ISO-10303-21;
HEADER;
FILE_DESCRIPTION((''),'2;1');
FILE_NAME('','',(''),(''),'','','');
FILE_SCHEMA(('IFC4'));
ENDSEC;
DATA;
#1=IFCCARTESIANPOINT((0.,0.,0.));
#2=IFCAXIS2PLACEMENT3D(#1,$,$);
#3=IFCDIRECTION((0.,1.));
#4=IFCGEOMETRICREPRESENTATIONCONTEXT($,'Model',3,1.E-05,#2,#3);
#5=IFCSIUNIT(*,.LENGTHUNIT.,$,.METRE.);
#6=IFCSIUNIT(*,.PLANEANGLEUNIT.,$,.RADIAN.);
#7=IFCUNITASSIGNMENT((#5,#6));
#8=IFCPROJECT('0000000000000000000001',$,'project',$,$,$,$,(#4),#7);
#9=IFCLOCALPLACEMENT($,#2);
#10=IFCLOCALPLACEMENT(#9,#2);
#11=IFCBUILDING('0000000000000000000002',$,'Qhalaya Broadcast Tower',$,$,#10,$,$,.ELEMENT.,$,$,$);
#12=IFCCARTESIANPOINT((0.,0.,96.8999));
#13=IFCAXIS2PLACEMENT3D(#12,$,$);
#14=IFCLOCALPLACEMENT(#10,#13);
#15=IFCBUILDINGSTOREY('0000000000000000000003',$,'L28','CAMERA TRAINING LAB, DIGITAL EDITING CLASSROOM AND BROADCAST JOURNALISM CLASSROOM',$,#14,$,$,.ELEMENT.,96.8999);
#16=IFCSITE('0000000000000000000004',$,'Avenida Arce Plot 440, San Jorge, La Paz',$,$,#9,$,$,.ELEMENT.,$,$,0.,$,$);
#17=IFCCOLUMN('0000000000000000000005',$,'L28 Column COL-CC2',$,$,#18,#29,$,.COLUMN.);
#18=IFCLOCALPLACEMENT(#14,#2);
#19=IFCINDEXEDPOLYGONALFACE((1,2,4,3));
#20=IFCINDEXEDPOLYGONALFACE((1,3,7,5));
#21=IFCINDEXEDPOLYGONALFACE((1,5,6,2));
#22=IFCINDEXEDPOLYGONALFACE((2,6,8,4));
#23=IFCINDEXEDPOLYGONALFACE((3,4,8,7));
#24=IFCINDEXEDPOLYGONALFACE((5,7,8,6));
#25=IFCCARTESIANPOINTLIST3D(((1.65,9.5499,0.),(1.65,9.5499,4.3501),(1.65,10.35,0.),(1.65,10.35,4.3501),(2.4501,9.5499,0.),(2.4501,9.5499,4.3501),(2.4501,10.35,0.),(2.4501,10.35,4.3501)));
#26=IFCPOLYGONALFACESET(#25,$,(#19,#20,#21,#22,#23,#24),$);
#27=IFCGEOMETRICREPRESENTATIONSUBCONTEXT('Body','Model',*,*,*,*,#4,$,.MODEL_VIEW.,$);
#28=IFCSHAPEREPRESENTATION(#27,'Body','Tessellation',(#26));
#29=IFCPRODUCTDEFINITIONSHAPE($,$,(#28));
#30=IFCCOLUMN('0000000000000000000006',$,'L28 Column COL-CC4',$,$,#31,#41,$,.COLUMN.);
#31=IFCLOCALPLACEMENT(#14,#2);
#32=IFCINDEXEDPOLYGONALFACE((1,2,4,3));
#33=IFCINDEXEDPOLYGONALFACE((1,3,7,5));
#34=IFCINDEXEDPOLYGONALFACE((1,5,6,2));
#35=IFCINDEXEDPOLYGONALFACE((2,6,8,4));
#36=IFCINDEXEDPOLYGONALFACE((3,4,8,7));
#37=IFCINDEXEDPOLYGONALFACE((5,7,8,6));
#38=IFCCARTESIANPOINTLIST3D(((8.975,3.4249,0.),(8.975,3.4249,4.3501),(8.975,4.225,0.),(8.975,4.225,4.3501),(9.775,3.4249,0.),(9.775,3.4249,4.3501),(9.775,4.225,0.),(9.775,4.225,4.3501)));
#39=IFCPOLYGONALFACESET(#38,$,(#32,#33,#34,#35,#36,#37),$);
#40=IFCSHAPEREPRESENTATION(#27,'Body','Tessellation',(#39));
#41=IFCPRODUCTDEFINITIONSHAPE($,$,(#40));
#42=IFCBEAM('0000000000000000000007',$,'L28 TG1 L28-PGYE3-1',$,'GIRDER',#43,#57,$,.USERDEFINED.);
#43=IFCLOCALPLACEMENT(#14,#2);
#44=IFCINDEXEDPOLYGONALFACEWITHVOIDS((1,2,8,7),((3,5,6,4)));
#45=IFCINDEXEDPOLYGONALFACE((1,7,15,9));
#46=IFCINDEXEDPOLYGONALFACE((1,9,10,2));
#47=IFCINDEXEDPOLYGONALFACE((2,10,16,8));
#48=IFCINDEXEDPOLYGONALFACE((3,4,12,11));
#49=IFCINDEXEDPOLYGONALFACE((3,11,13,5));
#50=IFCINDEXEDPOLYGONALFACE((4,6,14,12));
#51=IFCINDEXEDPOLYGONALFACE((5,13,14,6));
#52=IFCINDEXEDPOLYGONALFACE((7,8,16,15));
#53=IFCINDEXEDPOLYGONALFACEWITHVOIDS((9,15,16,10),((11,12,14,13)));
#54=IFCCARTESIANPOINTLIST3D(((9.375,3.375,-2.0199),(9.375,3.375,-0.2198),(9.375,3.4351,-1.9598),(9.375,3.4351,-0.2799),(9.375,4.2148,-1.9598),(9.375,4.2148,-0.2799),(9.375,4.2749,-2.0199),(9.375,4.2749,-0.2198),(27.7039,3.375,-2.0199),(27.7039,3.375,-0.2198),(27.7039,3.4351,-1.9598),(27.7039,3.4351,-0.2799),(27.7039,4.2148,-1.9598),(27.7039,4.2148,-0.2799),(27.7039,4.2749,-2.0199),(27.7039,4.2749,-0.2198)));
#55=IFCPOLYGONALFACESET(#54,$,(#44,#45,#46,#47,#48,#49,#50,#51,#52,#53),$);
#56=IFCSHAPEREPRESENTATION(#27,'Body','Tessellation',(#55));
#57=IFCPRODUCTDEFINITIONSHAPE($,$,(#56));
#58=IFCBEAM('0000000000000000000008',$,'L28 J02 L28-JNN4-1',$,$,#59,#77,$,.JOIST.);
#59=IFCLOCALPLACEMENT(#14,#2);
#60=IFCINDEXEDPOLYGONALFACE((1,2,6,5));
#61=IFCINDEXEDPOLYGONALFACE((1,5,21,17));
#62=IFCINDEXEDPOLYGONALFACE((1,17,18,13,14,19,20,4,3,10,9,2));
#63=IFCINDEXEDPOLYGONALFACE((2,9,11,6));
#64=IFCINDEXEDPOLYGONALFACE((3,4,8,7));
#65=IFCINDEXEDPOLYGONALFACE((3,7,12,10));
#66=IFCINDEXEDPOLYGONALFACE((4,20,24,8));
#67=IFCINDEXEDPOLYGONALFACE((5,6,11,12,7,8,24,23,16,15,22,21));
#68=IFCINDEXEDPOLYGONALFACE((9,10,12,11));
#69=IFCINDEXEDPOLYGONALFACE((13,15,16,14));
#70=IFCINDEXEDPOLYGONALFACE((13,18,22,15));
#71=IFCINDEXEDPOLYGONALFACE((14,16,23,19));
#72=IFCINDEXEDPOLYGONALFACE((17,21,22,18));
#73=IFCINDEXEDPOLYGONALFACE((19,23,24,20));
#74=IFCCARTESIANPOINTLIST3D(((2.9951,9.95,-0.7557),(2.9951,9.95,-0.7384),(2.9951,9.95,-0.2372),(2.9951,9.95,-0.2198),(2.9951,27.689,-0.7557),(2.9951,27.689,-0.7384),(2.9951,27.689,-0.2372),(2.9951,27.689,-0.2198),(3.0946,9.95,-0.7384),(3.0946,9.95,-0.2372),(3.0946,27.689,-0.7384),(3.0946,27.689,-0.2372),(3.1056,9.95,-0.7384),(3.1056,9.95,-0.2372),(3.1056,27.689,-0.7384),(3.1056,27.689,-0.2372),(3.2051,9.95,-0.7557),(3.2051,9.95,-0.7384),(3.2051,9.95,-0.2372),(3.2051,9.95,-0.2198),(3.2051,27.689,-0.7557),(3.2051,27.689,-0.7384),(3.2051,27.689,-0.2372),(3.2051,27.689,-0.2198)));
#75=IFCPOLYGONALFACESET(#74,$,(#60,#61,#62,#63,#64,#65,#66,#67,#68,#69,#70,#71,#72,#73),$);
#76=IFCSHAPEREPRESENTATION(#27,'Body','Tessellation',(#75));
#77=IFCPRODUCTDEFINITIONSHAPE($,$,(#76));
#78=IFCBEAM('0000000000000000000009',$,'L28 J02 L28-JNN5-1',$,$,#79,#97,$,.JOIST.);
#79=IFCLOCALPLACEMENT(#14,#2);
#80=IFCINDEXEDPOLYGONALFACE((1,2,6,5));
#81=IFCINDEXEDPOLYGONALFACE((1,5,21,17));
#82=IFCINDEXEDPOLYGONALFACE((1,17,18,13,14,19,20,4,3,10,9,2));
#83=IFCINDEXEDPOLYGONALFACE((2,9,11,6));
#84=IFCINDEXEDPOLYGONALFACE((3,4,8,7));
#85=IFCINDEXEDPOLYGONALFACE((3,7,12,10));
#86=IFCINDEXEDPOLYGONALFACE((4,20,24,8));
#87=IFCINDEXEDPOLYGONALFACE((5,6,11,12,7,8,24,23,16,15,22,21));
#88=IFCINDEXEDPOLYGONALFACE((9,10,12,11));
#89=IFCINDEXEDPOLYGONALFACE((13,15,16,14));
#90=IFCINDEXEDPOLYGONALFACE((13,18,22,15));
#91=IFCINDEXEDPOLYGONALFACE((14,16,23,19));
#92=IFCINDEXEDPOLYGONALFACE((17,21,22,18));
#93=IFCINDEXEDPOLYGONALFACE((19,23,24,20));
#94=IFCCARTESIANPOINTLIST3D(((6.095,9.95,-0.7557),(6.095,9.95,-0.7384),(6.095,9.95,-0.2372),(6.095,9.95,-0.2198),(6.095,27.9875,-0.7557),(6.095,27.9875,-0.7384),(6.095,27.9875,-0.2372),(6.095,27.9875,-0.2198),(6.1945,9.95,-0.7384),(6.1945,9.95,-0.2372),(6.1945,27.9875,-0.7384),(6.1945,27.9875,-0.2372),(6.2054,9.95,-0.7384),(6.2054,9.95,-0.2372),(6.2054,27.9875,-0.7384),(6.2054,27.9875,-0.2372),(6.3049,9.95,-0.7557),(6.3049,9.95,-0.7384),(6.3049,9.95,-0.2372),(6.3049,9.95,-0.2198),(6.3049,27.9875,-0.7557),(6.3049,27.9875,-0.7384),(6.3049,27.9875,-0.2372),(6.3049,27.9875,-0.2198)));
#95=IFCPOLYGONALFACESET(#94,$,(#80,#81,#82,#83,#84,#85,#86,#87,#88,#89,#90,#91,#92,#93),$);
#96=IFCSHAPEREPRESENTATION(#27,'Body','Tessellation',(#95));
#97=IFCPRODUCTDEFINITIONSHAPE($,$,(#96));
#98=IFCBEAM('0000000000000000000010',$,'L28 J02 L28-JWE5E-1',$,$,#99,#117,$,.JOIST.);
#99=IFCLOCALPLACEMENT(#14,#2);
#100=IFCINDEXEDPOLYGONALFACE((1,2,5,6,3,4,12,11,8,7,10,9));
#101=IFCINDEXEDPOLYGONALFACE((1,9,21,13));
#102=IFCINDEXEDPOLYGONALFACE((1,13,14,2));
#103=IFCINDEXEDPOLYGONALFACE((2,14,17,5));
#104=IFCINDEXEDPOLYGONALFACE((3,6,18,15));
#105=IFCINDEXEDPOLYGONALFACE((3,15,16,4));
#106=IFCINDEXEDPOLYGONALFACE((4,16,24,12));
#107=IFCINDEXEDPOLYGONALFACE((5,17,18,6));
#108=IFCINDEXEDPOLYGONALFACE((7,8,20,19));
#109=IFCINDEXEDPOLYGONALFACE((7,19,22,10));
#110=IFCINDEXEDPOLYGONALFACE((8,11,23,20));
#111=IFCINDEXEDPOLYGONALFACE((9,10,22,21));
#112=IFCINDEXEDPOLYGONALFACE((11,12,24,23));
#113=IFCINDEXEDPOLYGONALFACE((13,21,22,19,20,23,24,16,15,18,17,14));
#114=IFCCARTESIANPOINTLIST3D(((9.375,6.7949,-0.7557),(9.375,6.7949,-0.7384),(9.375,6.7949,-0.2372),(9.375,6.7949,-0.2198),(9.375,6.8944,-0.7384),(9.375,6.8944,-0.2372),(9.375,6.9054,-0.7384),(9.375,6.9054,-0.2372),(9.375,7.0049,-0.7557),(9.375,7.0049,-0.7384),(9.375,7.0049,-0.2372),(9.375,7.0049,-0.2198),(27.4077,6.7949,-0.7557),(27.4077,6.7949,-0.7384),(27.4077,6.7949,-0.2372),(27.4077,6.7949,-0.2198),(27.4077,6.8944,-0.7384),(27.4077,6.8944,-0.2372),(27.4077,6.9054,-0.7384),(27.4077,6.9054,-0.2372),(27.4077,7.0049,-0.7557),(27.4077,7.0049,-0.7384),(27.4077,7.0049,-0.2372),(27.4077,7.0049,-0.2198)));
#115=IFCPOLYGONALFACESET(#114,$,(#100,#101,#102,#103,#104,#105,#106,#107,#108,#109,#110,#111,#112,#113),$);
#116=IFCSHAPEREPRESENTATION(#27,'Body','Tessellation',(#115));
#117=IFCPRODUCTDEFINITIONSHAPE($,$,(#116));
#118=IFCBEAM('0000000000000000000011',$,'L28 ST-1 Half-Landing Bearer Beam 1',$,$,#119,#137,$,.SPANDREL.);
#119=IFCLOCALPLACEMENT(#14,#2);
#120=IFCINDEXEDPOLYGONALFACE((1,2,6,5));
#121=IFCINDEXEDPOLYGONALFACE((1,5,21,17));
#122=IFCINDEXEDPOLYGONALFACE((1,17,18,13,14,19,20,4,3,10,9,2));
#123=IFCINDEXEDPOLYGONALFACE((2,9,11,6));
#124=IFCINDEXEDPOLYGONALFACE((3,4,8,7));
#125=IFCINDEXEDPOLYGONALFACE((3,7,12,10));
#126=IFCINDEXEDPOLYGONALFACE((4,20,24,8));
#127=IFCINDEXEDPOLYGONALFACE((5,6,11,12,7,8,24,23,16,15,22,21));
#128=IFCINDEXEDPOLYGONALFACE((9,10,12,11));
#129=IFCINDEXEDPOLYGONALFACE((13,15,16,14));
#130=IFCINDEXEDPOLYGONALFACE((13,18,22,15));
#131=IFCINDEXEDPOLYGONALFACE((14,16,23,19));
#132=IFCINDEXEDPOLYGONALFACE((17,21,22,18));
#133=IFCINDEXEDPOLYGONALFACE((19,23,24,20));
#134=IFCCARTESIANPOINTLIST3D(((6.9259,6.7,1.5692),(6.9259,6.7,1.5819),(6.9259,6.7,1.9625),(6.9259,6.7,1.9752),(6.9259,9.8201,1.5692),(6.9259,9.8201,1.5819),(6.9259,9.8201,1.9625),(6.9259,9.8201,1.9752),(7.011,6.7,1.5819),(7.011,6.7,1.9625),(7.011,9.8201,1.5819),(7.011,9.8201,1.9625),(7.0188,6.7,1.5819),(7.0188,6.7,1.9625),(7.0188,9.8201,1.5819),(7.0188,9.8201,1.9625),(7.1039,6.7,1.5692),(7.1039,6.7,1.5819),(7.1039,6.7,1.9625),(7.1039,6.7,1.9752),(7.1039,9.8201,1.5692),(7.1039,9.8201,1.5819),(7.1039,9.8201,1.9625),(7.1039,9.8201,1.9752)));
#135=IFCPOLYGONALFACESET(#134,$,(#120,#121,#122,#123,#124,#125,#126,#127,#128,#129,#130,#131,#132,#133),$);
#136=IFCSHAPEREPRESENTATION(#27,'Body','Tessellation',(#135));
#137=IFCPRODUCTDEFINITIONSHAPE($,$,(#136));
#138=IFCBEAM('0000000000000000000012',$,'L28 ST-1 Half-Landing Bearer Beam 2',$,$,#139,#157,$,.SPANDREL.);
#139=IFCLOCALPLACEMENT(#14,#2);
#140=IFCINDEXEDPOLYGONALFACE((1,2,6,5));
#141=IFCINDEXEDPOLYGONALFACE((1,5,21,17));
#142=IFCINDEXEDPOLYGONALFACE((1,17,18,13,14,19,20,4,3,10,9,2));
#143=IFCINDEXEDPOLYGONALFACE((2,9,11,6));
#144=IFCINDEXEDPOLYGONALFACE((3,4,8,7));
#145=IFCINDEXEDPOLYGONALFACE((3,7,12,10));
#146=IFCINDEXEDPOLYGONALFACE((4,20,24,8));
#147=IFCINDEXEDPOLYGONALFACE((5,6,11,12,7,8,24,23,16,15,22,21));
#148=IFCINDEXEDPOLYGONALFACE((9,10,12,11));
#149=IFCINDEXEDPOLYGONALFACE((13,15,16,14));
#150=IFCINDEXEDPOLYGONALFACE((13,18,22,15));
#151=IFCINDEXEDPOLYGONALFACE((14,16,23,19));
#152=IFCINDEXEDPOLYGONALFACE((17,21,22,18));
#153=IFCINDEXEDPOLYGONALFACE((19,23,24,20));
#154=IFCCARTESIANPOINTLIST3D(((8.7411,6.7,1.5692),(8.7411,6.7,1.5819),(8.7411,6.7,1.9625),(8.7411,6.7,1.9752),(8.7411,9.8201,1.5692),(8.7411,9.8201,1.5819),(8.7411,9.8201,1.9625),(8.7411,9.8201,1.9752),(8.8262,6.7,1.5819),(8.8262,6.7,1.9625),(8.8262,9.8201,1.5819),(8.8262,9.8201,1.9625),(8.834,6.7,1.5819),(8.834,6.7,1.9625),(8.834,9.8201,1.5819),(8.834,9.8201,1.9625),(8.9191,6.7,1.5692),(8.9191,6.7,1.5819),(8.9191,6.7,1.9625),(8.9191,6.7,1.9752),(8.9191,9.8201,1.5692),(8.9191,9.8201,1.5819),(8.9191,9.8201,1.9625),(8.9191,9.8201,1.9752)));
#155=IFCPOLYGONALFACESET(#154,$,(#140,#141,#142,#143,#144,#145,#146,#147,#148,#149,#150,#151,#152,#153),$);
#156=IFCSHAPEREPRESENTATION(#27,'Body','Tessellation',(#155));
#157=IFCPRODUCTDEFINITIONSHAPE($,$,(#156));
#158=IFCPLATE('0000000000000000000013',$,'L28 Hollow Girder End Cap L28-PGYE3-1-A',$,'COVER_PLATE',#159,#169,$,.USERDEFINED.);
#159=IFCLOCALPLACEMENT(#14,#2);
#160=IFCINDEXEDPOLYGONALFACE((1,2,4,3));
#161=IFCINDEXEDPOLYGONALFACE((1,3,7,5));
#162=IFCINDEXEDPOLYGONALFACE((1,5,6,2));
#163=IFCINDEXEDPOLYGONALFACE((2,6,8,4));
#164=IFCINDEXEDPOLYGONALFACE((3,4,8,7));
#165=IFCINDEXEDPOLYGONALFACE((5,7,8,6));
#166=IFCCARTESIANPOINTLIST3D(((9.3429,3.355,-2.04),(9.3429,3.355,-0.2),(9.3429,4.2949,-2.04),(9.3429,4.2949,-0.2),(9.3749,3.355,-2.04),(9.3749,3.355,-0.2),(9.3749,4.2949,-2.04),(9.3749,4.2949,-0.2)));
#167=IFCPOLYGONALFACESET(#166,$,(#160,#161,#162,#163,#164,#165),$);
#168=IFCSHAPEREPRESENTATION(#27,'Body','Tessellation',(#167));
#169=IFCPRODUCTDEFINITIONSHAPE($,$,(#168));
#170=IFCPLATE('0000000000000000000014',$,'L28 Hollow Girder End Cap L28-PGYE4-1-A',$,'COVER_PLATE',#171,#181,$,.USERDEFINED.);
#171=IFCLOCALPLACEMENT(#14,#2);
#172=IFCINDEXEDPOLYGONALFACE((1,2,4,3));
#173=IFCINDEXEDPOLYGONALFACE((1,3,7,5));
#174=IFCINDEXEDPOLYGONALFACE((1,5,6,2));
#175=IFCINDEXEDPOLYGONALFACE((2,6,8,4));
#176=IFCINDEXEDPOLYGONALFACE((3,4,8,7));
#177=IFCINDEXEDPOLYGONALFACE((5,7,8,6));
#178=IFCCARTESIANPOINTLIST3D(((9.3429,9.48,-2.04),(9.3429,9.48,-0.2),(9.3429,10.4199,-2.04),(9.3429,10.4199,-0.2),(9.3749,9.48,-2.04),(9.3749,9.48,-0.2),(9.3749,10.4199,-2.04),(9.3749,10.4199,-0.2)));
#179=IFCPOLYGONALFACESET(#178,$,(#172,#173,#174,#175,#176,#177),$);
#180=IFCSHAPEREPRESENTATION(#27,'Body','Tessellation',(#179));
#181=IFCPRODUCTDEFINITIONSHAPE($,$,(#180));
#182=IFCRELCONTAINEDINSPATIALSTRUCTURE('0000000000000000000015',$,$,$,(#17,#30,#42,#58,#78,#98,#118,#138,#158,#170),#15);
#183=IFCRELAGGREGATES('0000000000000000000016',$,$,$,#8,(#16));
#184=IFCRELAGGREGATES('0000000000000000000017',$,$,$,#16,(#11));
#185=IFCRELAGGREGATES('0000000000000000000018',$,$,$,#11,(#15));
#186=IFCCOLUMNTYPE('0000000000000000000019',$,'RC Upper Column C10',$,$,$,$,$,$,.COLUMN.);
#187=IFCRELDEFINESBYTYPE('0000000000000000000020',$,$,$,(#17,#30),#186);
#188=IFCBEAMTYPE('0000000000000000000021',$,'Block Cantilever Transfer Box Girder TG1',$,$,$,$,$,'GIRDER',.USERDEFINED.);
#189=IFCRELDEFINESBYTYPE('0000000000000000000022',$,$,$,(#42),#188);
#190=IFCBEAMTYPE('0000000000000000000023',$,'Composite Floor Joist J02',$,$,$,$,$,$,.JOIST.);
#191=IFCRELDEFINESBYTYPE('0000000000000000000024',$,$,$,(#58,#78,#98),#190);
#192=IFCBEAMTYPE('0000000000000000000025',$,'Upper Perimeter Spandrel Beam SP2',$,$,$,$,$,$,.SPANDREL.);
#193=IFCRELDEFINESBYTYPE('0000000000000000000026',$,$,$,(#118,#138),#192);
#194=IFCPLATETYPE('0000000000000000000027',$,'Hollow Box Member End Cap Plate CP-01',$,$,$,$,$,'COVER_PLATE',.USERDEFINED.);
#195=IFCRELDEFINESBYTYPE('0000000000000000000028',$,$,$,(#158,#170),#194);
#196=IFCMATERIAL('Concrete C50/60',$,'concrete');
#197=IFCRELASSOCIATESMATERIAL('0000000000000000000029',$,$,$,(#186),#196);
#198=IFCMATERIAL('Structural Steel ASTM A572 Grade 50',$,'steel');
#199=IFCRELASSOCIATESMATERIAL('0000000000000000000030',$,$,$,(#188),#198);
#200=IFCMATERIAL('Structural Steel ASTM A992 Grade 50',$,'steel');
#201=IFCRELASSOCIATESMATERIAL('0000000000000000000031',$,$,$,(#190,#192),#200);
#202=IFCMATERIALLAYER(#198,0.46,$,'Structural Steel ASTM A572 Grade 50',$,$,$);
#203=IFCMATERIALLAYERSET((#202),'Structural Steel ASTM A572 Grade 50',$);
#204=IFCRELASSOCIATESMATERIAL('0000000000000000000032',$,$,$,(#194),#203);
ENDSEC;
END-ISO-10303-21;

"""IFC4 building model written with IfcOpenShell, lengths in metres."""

from ifc_helpers import new_model, si_unit, direction, frame, origin, origin_2d, place, context, subcontext, project, spatial, rectangle, hollow_rectangle, i_section, extrude, material, layer, layer_set, material_profile, profile_set, type_object, element, save


model = new_model("IFC4")

# Units and contexts
model_context = context("Model", 3, precision=1e-05, world=origin(), true_north=direction((0.0, 1.0)))
body_context = subcontext(model_context, "Body", "Model", "MODEL_VIEW")
ifc_project = project(units=[si_unit("LENGTHUNIT", "METRE"), si_unit("PLANEANGLEUNIT", "RADIAN")], contexts=[model_context])

# Site, building, storey
site_placement = place(None, origin())
site = spatial("IfcSite", under=ifc_project, at=site_placement, Name="Avenida Arce Plot 440, San Jorge, La Paz", CompositionType="ELEMENT", RefElevation=0.0)
building_placement = place(site_placement, origin())
building = spatial("IfcBuilding", under=site, at=building_placement, Name="Qhalaya Broadcast Tower", CompositionType="ELEMENT")
storey_placement = place(building_placement, frame((0.0, 0.0, 96.8999)))
storey = spatial("IfcBuildingStorey", under=building, at=storey_placement, Name="L28", Description="CAMERA TRAINING LAB, DIGITAL EDITING CLASSROOM AND BROADCAST JOURNALISM CLASSROOM", CompositionType="ELEMENT", Elevation=96.8999)

# Columns
ifc_material_1 = material(Name="Concrete C50/60", Category="concrete")
ifc_material_profile_1 = material_profile(ifc_material_1, rectangle(XDim=0.8, YDim=0.8, at=origin_2d()), Name="RC-COL 800x800")
ifc_profile_set_1 = profile_set([ifc_material_profile_1], Name="Concrete C50/60")
column_type = type_object("IfcColumnType", Name="RC Upper Column C10", PredefinedType="COLUMN", material=ifc_profile_set_1)
for number, where, z_axis, x_axis, name in (
    (1, (2.05, 9.95, 0.0), (0.0, 0.0, 1.0), (1.0, 0.0, 0.0), "L28 Column COL-CC2"),
    (2, (9.375, 3.825, 0.0), (0.0, 0.0, 1.0), (1.0, 0.0, 0.0), "L28 Column COL-CC4"),
):
    element("IfcColumn", number, at=place(storey_placement, frame(where, z_axis=z_axis, x_axis=x_axis)), inside=storey, type_object=column_type, Name=name, PredefinedType="COLUMN", context=body_context, shape_type="SweptSolid", body=[
        extrude(rectangle(XDim=0.8, YDim=0.8, at=origin_2d()), origin(), (0.0, 0.0, 1.0), 4.3501),
    ])

# Beams
ifc_material_2 = material(Name="Structural Steel ASTM A572 Grade 50", Category="steel")
ifc_material_profile_2 = material_profile(ifc_material_2, hollow_rectangle(XDim=0.8999, YDim=1.8, WallThickness=0.0601, at=origin_2d()), Name="BOX 900x1800x60")
ifc_profile_set_2 = profile_set([ifc_material_profile_2], Name="Structural Steel ASTM A572 Grade 50")
beam_type_1 = type_object("IfcBeamType", Name="Block Cantilever Transfer Box Girder TG1", ElementType="GIRDER", PredefinedType="USERDEFINED", material=ifc_profile_set_2)
beam_1_placement = place(storey_placement, frame((9.375, 3.825, -1.1199), z_axis=(1.0, 0.0, 0.0), x_axis=(0.0, 1.0, 0.0)))
element("IfcBeam", 3, at=beam_1_placement, inside=storey, type_object=beam_type_1, Name="L28 TG1 L28-PGYE3-1", ObjectType="GIRDER", PredefinedType="USERDEFINED", context=body_context, shape_type="SweptSolid", body=[
    extrude(hollow_rectangle(XDim=0.8999, YDim=1.8, WallThickness=0.0601, at=origin_2d()), origin(), (0.0, 0.0, 1.0), 18.3289),
])
ifc_material_3 = material(Name="Structural Steel ASTM A992 Grade 50", Category="steel")
ifc_material_profile_3 = material_profile(ifc_material_3, i_section(OverallWidth=0.21, OverallDepth=0.5359, WebThickness=0.011, FlangeThickness=0.0173, at=origin_2d()), Name="W21X68")
ifc_profile_set_3 = profile_set([ifc_material_profile_3], Name="Structural Steel ASTM A992 Grade 50")
beam_type_2 = type_object("IfcBeamType", Name="Composite Floor Joist J02", PredefinedType="JOIST", material=ifc_profile_set_3)
beam_2_placement = place(storey_placement, frame((3.1001, 9.95, -0.4878), z_axis=(0.0, 1.0, 0.0), x_axis=(-1.0, 0.0, 0.0)))
element("IfcBeam", 4, at=beam_2_placement, inside=storey, type_object=beam_type_2, Name="L28 J02 L28-JNN4-1", PredefinedType="JOIST", context=body_context, shape_type="SweptSolid", body=[
    extrude(i_section(OverallWidth=0.21, OverallDepth=0.5359, WebThickness=0.011, FlangeThickness=0.0173, at=origin_2d()), origin(), (0.0, 0.0, 1.0), 17.739),
])
beam_3_placement = place(storey_placement, frame((6.2, 9.95, -0.4878), z_axis=(0.0, 1.0, 0.0), x_axis=(-1.0, 0.0, 0.0)))
element("IfcBeam", 5, at=beam_3_placement, inside=storey, type_object=beam_type_2, Name="L28 J02 L28-JNN5-1", PredefinedType="JOIST", context=body_context, shape_type="SweptSolid", body=[
    extrude(i_section(OverallWidth=0.21, OverallDepth=0.5359, WebThickness=0.011, FlangeThickness=0.0173, at=origin_2d()), origin(), (0.0, 0.0, 1.0), 18.0376),
])
beam_4_placement = place(storey_placement, frame((9.375, 6.8999, -0.4878), z_axis=(1.0, 0.0, 0.0), x_axis=(0.0, 1.0, 0.0)))
element("IfcBeam", 6, at=beam_4_placement, inside=storey, type_object=beam_type_2, Name="L28 J02 L28-JWE5E-1", PredefinedType="JOIST", context=body_context, shape_type="SweptSolid", body=[
    extrude(i_section(OverallWidth=0.21, OverallDepth=0.5359, WebThickness=0.011, FlangeThickness=0.0173, at=origin_2d()), origin(), (0.0, 0.0, 1.0), 18.0327),
])
ifc_material_profile_4 = material_profile(ifc_material_3, i_section(OverallWidth=0.178, OverallDepth=0.406, WebThickness=0.0078, FlangeThickness=0.0127, at=origin_2d()), Name="W16X40")
ifc_profile_set_4 = profile_set([ifc_material_profile_4], Name="Structural Steel ASTM A992 Grade 50")
beam_type_3 = type_object("IfcBeamType", Name="Upper Perimeter Spandrel Beam SP2", PredefinedType="SPANDREL", material=ifc_profile_set_4)
for number, where, z_axis, x_axis, name in (
    (7, (7.0149, 6.7, 1.7722), (0.0, 1.0, 0.0), (-1.0, 0.0, 0.0), "L28 ST-1 Half-Landing Bearer Beam 1"),
    (8, (8.8301, 6.7, 1.7722), (0.0, 1.0, 0.0), (-1.0, 0.0, 0.0), "L28 ST-1 Half-Landing Bearer Beam 2"),
):
    element("IfcBeam", number, at=place(storey_placement, frame(where, z_axis=z_axis, x_axis=x_axis)), inside=storey, type_object=beam_type_3, Name=name, PredefinedType="SPANDREL", context=body_context, shape_type="SweptSolid", body=[
        extrude(i_section(OverallWidth=0.178, OverallDepth=0.406, WebThickness=0.0078, FlangeThickness=0.0127, at=origin_2d()), origin(), (0.0, 0.0, 1.0), 3.1201),
    ])

# Plates
ifc_layer_1 = layer(ifc_material_2, 0.46, Name="Structural Steel ASTM A572 Grade 50")
ifc_layer_set_1 = layer_set([ifc_layer_1], Name="Structural Steel ASTM A572 Grade 50")
plate_type = type_object("IfcPlateType", Name="Hollow Box Member End Cap Plate CP-01", ElementType="COVER_PLATE", PredefinedType="USERDEFINED", material=ifc_layer_set_1)
for number, where, z_axis, x_axis, name in (
    (9, (9.3589, 3.825, -2.04), (0.0, 0.0, 1.0), (0.0, 1.0, 0.0), "L28 Hollow Girder End Cap L28-PGYE3-1-A"),
    (10, (9.3589, 9.95, -2.04), (0.0, 0.0, 1.0), (0.0, 1.0, 0.0), "L28 Hollow Girder End Cap L28-PGYE4-1-A"),
):
    element("IfcPlate", number, at=place(storey_placement, frame(where, z_axis=z_axis, x_axis=x_axis)), inside=storey, type_object=plate_type, Name=name, ObjectType="COVER_PLATE", PredefinedType="USERDEFINED", context=body_context, shape_type="SweptSolid", body=[
        extrude(rectangle(XDim=0.9399, YDim=0.032, at=origin_2d()), origin(), (0.0, 0.0, 1.0), 1.8401),
    ])

save(model, "model.ifc")
